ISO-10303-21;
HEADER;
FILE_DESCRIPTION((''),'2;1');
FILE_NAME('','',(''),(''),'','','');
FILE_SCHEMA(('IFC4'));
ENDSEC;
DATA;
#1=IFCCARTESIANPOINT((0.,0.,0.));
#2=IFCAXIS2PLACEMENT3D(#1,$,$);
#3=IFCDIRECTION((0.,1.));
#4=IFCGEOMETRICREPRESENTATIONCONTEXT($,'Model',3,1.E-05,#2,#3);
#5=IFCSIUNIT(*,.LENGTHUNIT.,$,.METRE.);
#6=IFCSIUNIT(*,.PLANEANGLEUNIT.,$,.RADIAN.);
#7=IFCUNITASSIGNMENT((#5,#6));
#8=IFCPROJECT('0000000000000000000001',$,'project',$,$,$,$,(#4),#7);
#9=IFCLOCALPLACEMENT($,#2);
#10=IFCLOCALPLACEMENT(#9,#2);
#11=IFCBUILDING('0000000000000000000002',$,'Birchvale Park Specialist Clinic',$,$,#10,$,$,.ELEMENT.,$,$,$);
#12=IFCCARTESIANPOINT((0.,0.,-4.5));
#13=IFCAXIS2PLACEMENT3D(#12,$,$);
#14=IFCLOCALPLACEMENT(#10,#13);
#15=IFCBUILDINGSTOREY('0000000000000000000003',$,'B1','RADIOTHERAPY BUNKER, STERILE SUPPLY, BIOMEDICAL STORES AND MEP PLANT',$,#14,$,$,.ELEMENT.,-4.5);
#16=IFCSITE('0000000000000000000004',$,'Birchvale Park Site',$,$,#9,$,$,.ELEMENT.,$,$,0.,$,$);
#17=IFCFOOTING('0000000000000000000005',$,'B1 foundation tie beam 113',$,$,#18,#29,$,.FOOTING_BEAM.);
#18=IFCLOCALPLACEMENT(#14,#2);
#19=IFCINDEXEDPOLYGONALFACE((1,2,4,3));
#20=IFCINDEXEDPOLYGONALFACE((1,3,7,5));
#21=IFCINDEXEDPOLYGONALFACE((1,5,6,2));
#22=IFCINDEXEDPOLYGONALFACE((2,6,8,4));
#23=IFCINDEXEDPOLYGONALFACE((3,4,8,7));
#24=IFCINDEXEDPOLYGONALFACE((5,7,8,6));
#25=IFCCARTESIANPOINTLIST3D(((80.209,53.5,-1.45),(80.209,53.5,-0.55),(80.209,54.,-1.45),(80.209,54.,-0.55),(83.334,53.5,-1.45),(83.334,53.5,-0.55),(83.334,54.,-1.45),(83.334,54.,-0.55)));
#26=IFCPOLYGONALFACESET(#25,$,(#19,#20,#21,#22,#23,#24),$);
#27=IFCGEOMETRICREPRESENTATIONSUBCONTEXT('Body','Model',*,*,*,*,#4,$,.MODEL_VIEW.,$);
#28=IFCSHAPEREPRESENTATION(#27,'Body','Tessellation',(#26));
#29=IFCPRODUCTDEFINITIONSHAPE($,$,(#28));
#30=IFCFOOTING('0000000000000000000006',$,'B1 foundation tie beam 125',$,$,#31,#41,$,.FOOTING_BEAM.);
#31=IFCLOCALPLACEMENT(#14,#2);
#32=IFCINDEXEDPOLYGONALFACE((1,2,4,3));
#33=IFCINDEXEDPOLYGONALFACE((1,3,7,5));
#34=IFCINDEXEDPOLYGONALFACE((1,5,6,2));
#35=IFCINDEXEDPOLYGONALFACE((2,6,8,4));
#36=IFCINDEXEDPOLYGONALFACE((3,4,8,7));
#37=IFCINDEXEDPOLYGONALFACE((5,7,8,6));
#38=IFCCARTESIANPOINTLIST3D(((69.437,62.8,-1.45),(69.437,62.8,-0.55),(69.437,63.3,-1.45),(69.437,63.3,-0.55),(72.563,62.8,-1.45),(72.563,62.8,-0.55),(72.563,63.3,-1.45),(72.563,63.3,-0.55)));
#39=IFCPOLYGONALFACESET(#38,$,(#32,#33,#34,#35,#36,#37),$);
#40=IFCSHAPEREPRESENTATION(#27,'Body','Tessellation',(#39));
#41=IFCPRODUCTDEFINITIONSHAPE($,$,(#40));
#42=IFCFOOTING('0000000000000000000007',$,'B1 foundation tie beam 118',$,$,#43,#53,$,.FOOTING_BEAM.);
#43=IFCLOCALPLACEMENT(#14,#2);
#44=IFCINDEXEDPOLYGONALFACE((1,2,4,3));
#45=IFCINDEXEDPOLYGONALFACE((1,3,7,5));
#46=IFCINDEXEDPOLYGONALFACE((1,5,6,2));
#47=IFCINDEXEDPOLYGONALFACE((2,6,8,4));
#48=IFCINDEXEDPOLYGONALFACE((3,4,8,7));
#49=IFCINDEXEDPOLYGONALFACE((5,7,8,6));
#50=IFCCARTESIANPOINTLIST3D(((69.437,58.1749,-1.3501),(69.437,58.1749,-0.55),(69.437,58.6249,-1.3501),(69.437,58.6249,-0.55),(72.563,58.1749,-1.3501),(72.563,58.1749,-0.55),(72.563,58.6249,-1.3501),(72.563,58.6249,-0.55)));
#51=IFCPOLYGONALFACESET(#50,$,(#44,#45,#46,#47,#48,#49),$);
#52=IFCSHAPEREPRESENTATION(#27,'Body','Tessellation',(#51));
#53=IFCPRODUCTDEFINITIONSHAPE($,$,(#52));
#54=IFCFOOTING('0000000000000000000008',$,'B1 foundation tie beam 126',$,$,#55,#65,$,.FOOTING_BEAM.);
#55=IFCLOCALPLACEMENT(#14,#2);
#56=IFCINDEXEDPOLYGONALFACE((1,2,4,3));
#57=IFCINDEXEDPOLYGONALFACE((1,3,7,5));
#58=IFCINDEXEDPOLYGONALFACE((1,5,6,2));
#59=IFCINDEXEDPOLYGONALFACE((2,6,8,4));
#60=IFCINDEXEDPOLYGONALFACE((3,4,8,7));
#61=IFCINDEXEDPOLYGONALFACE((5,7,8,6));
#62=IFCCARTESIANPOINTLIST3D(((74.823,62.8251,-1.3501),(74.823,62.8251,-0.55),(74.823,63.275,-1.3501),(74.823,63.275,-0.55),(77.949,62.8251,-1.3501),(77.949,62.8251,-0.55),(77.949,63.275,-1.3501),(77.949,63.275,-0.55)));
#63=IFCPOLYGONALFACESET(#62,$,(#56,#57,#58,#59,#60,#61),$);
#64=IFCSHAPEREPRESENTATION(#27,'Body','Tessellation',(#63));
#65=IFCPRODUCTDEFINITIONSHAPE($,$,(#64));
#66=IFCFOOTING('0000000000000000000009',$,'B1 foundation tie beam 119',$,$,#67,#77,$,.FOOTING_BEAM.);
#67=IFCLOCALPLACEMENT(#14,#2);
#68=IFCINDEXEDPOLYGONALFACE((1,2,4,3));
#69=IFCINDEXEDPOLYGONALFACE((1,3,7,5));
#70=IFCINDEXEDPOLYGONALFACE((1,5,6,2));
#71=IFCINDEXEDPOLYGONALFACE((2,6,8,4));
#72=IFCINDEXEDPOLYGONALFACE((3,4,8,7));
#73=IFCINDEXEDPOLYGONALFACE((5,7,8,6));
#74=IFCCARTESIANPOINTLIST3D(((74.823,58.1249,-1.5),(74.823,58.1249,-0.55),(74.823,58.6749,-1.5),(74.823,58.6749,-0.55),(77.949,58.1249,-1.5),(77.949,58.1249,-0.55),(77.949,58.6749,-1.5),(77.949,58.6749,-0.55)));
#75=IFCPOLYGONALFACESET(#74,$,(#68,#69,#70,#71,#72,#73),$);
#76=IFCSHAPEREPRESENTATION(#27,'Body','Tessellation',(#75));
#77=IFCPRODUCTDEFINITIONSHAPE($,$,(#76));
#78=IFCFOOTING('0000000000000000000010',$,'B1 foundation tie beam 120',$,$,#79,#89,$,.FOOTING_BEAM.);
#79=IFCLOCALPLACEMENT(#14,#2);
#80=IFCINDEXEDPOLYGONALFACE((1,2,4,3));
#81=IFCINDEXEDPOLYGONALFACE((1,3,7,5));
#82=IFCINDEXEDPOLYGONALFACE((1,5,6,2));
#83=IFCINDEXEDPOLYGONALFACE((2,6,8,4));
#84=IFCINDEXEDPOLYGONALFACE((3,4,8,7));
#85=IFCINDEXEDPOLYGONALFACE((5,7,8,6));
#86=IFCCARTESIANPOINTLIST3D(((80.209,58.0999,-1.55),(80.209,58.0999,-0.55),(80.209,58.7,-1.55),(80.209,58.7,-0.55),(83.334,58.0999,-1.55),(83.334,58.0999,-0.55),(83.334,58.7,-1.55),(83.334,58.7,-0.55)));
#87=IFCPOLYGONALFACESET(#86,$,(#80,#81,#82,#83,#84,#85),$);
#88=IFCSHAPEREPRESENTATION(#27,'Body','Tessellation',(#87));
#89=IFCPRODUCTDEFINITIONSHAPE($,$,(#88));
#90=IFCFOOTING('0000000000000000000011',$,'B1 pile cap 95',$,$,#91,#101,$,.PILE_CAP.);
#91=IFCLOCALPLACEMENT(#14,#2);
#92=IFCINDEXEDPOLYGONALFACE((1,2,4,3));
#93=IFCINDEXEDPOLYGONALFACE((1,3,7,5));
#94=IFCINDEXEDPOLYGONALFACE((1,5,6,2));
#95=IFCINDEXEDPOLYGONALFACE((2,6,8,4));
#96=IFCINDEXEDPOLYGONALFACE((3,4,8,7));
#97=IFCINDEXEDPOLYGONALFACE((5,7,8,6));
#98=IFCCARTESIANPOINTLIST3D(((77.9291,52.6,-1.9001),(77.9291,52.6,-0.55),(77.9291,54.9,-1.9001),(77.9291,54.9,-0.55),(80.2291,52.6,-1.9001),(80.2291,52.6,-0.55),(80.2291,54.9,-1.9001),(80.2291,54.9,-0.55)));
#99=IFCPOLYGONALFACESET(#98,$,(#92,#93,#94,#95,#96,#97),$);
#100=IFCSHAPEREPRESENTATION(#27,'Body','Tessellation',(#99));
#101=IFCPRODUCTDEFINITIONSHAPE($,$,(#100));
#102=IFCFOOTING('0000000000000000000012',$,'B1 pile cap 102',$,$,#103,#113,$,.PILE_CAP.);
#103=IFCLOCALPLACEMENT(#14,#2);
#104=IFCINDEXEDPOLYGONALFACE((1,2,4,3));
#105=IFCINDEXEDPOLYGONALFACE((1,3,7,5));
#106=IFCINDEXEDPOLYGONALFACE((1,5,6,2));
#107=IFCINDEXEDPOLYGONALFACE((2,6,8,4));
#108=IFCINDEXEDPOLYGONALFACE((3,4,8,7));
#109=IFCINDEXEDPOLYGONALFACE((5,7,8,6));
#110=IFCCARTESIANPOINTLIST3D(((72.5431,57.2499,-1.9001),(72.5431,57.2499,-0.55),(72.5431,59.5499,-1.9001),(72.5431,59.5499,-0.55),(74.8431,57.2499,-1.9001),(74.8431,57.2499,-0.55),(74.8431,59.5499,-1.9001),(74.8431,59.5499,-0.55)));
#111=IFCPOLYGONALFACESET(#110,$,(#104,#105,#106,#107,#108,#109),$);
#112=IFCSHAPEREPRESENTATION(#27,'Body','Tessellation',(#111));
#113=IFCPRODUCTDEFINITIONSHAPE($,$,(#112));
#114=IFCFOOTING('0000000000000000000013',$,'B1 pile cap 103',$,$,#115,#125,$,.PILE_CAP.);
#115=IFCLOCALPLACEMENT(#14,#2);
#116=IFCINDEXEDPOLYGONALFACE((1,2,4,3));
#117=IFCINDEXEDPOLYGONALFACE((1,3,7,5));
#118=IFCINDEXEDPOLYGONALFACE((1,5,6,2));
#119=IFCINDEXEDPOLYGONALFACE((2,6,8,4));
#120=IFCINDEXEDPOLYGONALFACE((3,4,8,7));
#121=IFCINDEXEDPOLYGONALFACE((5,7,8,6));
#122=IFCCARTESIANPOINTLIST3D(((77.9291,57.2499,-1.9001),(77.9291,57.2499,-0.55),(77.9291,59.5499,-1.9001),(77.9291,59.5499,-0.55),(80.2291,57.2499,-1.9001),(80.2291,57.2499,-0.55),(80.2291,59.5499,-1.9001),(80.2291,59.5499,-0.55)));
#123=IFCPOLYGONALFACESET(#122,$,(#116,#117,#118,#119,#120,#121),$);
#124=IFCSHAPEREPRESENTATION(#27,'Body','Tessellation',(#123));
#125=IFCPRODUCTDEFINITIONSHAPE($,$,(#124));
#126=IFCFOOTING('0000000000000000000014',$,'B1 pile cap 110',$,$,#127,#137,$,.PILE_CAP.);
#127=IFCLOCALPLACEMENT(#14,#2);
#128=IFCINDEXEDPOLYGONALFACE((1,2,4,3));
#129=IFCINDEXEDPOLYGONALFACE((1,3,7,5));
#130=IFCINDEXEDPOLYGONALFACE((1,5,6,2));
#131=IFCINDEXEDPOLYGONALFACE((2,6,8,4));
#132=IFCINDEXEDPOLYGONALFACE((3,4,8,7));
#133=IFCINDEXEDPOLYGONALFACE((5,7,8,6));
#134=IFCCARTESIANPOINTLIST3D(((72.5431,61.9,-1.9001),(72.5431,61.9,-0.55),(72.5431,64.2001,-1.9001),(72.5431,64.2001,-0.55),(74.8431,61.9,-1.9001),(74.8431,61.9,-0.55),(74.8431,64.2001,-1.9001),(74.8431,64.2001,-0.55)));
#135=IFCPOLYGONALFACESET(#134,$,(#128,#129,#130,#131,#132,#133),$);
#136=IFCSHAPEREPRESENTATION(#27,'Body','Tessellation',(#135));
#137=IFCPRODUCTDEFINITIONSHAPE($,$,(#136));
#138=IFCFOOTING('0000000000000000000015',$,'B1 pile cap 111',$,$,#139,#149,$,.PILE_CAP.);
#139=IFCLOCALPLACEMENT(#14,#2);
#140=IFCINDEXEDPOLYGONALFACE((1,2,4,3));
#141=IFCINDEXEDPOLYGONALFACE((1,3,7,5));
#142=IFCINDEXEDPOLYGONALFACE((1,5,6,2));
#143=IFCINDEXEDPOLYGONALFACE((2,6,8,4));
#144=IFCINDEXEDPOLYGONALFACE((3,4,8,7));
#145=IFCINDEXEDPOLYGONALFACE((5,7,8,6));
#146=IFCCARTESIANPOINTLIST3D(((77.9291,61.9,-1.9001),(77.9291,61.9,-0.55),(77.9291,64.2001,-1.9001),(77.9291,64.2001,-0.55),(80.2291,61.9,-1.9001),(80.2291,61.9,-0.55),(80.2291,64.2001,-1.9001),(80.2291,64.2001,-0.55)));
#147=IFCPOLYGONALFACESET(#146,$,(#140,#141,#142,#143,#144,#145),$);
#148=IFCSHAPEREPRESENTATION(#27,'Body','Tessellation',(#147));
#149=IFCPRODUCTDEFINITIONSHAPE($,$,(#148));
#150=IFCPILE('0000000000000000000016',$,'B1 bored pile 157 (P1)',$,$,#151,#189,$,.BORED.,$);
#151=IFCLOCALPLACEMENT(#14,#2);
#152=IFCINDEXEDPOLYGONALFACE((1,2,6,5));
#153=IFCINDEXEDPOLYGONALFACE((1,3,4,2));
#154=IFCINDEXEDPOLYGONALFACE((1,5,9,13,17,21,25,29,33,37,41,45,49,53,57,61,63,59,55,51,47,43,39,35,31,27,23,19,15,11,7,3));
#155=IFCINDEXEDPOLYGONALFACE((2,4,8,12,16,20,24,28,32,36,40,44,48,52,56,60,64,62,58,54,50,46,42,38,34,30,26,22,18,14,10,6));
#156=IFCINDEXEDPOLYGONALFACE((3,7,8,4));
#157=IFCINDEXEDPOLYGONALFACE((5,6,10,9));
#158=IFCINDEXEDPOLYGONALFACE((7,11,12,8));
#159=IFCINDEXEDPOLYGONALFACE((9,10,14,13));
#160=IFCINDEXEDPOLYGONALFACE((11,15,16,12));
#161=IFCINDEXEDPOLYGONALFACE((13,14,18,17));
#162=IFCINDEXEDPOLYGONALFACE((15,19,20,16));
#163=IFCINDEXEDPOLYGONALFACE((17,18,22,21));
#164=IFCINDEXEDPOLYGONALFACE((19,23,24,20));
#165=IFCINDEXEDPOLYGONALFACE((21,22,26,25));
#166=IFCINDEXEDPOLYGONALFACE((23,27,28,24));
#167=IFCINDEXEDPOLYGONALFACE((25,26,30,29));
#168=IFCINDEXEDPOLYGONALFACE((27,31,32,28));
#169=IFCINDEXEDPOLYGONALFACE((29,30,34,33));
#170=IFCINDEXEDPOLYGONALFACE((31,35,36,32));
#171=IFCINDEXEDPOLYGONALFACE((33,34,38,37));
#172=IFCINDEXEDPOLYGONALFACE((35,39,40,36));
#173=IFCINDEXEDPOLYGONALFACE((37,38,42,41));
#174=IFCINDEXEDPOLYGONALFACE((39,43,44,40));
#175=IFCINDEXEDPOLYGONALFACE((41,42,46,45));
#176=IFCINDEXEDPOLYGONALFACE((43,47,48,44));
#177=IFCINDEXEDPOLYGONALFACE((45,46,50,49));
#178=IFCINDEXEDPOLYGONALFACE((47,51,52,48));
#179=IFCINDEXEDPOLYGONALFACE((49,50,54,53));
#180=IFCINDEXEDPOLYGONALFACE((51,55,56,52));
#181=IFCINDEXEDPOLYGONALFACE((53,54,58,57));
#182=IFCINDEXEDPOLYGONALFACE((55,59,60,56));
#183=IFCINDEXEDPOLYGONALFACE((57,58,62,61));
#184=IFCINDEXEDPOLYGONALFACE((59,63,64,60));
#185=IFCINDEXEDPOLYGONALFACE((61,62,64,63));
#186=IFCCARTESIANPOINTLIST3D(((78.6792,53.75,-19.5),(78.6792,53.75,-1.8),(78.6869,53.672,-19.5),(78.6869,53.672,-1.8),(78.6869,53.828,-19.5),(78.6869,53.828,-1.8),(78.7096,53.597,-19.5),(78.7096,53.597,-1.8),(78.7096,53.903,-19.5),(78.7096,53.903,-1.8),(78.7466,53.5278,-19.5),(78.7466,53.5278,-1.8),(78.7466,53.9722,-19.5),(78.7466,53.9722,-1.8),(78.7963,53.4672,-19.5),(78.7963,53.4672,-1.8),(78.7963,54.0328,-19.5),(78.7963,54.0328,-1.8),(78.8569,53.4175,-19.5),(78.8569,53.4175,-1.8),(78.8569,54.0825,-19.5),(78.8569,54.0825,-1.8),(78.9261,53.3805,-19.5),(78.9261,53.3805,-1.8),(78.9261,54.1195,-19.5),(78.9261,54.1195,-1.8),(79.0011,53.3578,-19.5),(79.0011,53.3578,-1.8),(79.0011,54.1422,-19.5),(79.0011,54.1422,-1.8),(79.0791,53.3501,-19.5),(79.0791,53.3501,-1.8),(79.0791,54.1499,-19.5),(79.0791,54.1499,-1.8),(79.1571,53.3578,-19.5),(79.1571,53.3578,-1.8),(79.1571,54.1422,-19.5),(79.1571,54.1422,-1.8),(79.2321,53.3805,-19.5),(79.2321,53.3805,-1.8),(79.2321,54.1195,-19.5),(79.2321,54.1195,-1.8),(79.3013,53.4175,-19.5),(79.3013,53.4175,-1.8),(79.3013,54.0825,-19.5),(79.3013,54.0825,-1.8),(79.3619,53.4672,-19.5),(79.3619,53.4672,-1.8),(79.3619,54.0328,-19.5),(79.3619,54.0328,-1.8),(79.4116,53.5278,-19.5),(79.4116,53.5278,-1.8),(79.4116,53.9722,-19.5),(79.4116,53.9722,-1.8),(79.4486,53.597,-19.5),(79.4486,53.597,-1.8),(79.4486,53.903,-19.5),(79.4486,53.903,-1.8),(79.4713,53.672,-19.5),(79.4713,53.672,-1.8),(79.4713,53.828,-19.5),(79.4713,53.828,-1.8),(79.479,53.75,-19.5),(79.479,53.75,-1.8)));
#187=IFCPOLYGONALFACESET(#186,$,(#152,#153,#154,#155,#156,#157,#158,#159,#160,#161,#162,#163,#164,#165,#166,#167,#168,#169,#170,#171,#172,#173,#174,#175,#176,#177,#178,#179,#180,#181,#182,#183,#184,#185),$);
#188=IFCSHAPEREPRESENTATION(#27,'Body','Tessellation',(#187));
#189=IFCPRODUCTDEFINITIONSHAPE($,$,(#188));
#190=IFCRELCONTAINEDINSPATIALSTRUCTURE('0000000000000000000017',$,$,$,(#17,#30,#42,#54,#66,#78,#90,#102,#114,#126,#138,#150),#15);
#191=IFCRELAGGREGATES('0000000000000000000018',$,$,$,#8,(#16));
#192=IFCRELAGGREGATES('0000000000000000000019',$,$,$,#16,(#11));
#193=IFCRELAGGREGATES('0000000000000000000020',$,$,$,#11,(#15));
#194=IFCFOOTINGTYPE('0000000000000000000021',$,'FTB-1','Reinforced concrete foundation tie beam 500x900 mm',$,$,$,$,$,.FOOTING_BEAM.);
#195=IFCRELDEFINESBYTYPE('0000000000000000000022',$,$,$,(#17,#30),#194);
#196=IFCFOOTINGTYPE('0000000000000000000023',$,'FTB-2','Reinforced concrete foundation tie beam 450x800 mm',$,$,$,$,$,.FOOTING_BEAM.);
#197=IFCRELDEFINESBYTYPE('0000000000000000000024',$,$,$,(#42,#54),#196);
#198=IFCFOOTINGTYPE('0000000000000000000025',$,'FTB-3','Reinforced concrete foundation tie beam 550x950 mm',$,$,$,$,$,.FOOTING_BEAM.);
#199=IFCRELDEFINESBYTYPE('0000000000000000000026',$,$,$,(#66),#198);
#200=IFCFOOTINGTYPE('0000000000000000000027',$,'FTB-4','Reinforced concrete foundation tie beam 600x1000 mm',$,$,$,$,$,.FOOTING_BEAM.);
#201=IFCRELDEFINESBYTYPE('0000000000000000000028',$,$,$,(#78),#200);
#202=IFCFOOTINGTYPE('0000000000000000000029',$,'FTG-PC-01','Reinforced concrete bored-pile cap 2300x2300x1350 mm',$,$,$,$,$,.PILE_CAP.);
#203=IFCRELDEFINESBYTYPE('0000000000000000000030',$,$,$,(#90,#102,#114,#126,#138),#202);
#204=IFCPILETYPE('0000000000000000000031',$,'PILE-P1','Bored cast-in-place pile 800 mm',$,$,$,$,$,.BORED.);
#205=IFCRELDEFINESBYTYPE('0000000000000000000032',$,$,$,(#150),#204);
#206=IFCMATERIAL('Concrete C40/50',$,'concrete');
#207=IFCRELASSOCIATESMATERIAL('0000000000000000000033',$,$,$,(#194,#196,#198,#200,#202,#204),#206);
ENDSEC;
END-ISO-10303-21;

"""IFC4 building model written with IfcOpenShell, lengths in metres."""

from ifc_helpers import new_model, si_unit, direction, frame, origin, origin_2d, place, context, subcontext, project, spatial, rectangle, circle, extrude, material, material_profile, profile_set, type_object, element, save


model = new_model("IFC4")

# Units and contexts
model_context = context("Model", 3, precision=1e-05, world=origin(), true_north=direction((0.0, 1.0)))
body_context = subcontext(model_context, "Body", "Model", "MODEL_VIEW")
ifc_project = project(units=[si_unit("LENGTHUNIT", "METRE"), si_unit("PLANEANGLEUNIT", "RADIAN")], contexts=[model_context])

# Site, building, storey
site_placement = place(None, origin())
site = spatial("IfcSite", under=ifc_project, at=site_placement, Name="Birchvale Park Site", CompositionType="ELEMENT", RefElevation=0.0)
building_placement = place(site_placement, origin())
building = spatial("IfcBuilding", under=site, at=building_placement, Name="Birchvale Park Specialist Clinic", CompositionType="ELEMENT")
storey_placement = place(building_placement, frame((0.0, 0.0, -4.5)))
storey = spatial("IfcBuildingStorey", under=building, at=storey_placement, Name="B1", Description="RADIOTHERAPY BUNKER, STERILE SUPPLY, BIOMEDICAL STORES AND MEP PLANT", CompositionType="ELEMENT", Elevation=-4.5)

# Footings
ifc_material_1 = material(Name="Concrete C40/50", Category="concrete")
footing_type_1 = type_object("IfcFootingType", Name="FTB-1", Description="Reinforced concrete foundation tie beam 500x900 mm", PredefinedType="FOOTING_BEAM", material=ifc_material_1)
footing_1_placement = place(storey_placement, frame((81.7715, 53.75, -1.45), z_axis=(0.0, 0.0, 1.0), x_axis=(1.0, 0.0, 0.0)))
element("IfcFooting", 1, at=footing_1_placement, inside=storey, type_object=footing_type_1, Name="B1 foundation tie beam 113", PredefinedType="FOOTING_BEAM", context=body_context, shape_type="SweptSolid", body=[
    extrude(rectangle(XDim=3.125, YDim=0.5, at=origin_2d()), origin(), (0.0, 0.0, 1.0), 0.8999),
])
footing_2_placement = place(storey_placement, frame((71.0, 63.05, -1.45), z_axis=(0.0, 0.0, 1.0), x_axis=(1.0, 0.0, 0.0)))
element("IfcFooting", 2, at=footing_2_placement, inside=storey, type_object=footing_type_1, Name="B1 foundation tie beam 125", PredefinedType="FOOTING_BEAM", context=body_context, shape_type="SweptSolid", body=[
    extrude(rectangle(XDim=3.126, YDim=0.5, at=origin_2d()), origin(), (0.0, 0.0, 1.0), 0.8999),
])
footing_type_2 = type_object("IfcFootingType", Name="FTB-2", Description="Reinforced concrete foundation tie beam 450x800 mm", PredefinedType="FOOTING_BEAM", material=ifc_material_1)
for number, where, z_axis, x_axis, name in (
    (3, (71.0, 58.3999, -1.3501), (0.0, 0.0, 1.0), (1.0, 0.0, 0.0), "B1 foundation tie beam 118"),
    (4, (76.386, 63.05, -1.3501), (0.0, 0.0, 1.0), (1.0, 0.0, 0.0), "B1 foundation tie beam 126"),
):
    element("IfcFooting", number, at=place(storey_placement, frame(where, z_axis=z_axis, x_axis=x_axis)), inside=storey, type_object=footing_type_2, Name=name, PredefinedType="FOOTING_BEAM", context=body_context, shape_type="SweptSolid", body=[
        extrude(rectangle(XDim=3.126, YDim=0.45, at=origin_2d()), origin(), (0.0, 0.0, 1.0), 0.8),
    ])
footing_type_3 = type_object("IfcFootingType", Name="FTB-3", Description="Reinforced concrete foundation tie beam 550x950 mm", PredefinedType="FOOTING_BEAM", material=ifc_material_1)
footing_3_placement = place(storey_placement, frame((76.386, 58.3999, -1.5), z_axis=(0.0, 0.0, 1.0), x_axis=(1.0, 0.0, 0.0)))
element("IfcFooting", 5, at=footing_3_placement, inside=storey, type_object=footing_type_3, Name="B1 foundation tie beam 119", PredefinedType="FOOTING_BEAM", context=body_context, shape_type="SweptSolid", body=[
    extrude(rectangle(XDim=3.126, YDim=0.55, at=origin_2d()), origin(), (0.0, 0.0, 1.0), 0.95),
])
footing_type_4 = type_object("IfcFootingType", Name="FTB-4", Description="Reinforced concrete foundation tie beam 600x1000 mm", PredefinedType="FOOTING_BEAM", material=ifc_material_1)
footing_4_placement = place(storey_placement, frame((81.7715, 58.3999, -1.55), z_axis=(0.0, 0.0, 1.0), x_axis=(1.0, 0.0, 0.0)))
element("IfcFooting", 6, at=footing_4_placement, inside=storey, type_object=footing_type_4, Name="B1 foundation tie beam 120", PredefinedType="FOOTING_BEAM", context=body_context, shape_type="SweptSolid", body=[
    extrude(rectangle(XDim=3.125, YDim=0.6001, at=origin_2d()), origin(), (0.0, 0.0, 1.0), 1.0),
])
footing_type_5 = type_object("IfcFootingType", Name="FTG-PC-01", Description="Reinforced concrete bored-pile cap 2300x2300x1350 mm", PredefinedType="PILE_CAP", material=ifc_material_1)
for number, where, z_axis, x_axis, name in (
    (7, (79.0791, 53.75, -1.9001), (0.0, 0.0, 1.0), (1.0, 0.0, 0.0), "B1 pile cap 95"),
    (8, (73.6931, 58.3999, -1.9001), (0.0, 0.0, 1.0), (1.0, 0.0, 0.0), "B1 pile cap 102"),
    (9, (79.0791, 58.3999, -1.9001), (0.0, 0.0, 1.0), (1.0, 0.0, 0.0), "B1 pile cap 103"),
    (10, (73.6931, 63.05, -1.9001), (0.0, 0.0, 1.0), (1.0, 0.0, 0.0), "B1 pile cap 110"),
    (11, (79.0791, 63.05, -1.9001), (0.0, 0.0, 1.0), (1.0, 0.0, 0.0), "B1 pile cap 111"),
):
    element("IfcFooting", number, at=place(storey_placement, frame(where, z_axis=z_axis, x_axis=x_axis)), inside=storey, type_object=footing_type_5, Name=name, PredefinedType="PILE_CAP", context=body_context, shape_type="SweptSolid", body=[
        extrude(rectangle(XDim=2.3, YDim=2.3, at=origin_2d()), origin(), (0.0, 0.0, 1.0), 1.3501),
    ])

# Pile
ifc_material_profile_1 = material_profile(ifc_material_1, circle(Radius=0.3999, at=origin_2d()), Name="PILE-800")
ifc_profile_set_1 = profile_set([ifc_material_profile_1], Name="Concrete C40/50")
pile_type_1 = type_object("IfcPileType", Name="PILE-P1", Description="Bored cast-in-place pile 800 mm", PredefinedType="BORED", material=ifc_profile_set_1)
for number, where, z_axis, x_axis, name in (
    (12, (79.0791, 53.75, -1.8), (0.0, 0.0, -1.0), (1.0, 0.0, 0.0), "B1 bored pile 157 (P1)"),
):
    element("IfcPile", number, at=place(storey_placement, frame(where, z_axis=z_axis, x_axis=x_axis)), inside=storey, type_object=pile_type_1, Name=name, PredefinedType="BORED", context=body_context, shape_type="SweptSolid", body=[
        extrude(circle(Radius=0.3999, at=origin_2d()), origin(), (0.0, 0.0, 1.0), 17.7),
    ])

save(model, "model.ifc")
